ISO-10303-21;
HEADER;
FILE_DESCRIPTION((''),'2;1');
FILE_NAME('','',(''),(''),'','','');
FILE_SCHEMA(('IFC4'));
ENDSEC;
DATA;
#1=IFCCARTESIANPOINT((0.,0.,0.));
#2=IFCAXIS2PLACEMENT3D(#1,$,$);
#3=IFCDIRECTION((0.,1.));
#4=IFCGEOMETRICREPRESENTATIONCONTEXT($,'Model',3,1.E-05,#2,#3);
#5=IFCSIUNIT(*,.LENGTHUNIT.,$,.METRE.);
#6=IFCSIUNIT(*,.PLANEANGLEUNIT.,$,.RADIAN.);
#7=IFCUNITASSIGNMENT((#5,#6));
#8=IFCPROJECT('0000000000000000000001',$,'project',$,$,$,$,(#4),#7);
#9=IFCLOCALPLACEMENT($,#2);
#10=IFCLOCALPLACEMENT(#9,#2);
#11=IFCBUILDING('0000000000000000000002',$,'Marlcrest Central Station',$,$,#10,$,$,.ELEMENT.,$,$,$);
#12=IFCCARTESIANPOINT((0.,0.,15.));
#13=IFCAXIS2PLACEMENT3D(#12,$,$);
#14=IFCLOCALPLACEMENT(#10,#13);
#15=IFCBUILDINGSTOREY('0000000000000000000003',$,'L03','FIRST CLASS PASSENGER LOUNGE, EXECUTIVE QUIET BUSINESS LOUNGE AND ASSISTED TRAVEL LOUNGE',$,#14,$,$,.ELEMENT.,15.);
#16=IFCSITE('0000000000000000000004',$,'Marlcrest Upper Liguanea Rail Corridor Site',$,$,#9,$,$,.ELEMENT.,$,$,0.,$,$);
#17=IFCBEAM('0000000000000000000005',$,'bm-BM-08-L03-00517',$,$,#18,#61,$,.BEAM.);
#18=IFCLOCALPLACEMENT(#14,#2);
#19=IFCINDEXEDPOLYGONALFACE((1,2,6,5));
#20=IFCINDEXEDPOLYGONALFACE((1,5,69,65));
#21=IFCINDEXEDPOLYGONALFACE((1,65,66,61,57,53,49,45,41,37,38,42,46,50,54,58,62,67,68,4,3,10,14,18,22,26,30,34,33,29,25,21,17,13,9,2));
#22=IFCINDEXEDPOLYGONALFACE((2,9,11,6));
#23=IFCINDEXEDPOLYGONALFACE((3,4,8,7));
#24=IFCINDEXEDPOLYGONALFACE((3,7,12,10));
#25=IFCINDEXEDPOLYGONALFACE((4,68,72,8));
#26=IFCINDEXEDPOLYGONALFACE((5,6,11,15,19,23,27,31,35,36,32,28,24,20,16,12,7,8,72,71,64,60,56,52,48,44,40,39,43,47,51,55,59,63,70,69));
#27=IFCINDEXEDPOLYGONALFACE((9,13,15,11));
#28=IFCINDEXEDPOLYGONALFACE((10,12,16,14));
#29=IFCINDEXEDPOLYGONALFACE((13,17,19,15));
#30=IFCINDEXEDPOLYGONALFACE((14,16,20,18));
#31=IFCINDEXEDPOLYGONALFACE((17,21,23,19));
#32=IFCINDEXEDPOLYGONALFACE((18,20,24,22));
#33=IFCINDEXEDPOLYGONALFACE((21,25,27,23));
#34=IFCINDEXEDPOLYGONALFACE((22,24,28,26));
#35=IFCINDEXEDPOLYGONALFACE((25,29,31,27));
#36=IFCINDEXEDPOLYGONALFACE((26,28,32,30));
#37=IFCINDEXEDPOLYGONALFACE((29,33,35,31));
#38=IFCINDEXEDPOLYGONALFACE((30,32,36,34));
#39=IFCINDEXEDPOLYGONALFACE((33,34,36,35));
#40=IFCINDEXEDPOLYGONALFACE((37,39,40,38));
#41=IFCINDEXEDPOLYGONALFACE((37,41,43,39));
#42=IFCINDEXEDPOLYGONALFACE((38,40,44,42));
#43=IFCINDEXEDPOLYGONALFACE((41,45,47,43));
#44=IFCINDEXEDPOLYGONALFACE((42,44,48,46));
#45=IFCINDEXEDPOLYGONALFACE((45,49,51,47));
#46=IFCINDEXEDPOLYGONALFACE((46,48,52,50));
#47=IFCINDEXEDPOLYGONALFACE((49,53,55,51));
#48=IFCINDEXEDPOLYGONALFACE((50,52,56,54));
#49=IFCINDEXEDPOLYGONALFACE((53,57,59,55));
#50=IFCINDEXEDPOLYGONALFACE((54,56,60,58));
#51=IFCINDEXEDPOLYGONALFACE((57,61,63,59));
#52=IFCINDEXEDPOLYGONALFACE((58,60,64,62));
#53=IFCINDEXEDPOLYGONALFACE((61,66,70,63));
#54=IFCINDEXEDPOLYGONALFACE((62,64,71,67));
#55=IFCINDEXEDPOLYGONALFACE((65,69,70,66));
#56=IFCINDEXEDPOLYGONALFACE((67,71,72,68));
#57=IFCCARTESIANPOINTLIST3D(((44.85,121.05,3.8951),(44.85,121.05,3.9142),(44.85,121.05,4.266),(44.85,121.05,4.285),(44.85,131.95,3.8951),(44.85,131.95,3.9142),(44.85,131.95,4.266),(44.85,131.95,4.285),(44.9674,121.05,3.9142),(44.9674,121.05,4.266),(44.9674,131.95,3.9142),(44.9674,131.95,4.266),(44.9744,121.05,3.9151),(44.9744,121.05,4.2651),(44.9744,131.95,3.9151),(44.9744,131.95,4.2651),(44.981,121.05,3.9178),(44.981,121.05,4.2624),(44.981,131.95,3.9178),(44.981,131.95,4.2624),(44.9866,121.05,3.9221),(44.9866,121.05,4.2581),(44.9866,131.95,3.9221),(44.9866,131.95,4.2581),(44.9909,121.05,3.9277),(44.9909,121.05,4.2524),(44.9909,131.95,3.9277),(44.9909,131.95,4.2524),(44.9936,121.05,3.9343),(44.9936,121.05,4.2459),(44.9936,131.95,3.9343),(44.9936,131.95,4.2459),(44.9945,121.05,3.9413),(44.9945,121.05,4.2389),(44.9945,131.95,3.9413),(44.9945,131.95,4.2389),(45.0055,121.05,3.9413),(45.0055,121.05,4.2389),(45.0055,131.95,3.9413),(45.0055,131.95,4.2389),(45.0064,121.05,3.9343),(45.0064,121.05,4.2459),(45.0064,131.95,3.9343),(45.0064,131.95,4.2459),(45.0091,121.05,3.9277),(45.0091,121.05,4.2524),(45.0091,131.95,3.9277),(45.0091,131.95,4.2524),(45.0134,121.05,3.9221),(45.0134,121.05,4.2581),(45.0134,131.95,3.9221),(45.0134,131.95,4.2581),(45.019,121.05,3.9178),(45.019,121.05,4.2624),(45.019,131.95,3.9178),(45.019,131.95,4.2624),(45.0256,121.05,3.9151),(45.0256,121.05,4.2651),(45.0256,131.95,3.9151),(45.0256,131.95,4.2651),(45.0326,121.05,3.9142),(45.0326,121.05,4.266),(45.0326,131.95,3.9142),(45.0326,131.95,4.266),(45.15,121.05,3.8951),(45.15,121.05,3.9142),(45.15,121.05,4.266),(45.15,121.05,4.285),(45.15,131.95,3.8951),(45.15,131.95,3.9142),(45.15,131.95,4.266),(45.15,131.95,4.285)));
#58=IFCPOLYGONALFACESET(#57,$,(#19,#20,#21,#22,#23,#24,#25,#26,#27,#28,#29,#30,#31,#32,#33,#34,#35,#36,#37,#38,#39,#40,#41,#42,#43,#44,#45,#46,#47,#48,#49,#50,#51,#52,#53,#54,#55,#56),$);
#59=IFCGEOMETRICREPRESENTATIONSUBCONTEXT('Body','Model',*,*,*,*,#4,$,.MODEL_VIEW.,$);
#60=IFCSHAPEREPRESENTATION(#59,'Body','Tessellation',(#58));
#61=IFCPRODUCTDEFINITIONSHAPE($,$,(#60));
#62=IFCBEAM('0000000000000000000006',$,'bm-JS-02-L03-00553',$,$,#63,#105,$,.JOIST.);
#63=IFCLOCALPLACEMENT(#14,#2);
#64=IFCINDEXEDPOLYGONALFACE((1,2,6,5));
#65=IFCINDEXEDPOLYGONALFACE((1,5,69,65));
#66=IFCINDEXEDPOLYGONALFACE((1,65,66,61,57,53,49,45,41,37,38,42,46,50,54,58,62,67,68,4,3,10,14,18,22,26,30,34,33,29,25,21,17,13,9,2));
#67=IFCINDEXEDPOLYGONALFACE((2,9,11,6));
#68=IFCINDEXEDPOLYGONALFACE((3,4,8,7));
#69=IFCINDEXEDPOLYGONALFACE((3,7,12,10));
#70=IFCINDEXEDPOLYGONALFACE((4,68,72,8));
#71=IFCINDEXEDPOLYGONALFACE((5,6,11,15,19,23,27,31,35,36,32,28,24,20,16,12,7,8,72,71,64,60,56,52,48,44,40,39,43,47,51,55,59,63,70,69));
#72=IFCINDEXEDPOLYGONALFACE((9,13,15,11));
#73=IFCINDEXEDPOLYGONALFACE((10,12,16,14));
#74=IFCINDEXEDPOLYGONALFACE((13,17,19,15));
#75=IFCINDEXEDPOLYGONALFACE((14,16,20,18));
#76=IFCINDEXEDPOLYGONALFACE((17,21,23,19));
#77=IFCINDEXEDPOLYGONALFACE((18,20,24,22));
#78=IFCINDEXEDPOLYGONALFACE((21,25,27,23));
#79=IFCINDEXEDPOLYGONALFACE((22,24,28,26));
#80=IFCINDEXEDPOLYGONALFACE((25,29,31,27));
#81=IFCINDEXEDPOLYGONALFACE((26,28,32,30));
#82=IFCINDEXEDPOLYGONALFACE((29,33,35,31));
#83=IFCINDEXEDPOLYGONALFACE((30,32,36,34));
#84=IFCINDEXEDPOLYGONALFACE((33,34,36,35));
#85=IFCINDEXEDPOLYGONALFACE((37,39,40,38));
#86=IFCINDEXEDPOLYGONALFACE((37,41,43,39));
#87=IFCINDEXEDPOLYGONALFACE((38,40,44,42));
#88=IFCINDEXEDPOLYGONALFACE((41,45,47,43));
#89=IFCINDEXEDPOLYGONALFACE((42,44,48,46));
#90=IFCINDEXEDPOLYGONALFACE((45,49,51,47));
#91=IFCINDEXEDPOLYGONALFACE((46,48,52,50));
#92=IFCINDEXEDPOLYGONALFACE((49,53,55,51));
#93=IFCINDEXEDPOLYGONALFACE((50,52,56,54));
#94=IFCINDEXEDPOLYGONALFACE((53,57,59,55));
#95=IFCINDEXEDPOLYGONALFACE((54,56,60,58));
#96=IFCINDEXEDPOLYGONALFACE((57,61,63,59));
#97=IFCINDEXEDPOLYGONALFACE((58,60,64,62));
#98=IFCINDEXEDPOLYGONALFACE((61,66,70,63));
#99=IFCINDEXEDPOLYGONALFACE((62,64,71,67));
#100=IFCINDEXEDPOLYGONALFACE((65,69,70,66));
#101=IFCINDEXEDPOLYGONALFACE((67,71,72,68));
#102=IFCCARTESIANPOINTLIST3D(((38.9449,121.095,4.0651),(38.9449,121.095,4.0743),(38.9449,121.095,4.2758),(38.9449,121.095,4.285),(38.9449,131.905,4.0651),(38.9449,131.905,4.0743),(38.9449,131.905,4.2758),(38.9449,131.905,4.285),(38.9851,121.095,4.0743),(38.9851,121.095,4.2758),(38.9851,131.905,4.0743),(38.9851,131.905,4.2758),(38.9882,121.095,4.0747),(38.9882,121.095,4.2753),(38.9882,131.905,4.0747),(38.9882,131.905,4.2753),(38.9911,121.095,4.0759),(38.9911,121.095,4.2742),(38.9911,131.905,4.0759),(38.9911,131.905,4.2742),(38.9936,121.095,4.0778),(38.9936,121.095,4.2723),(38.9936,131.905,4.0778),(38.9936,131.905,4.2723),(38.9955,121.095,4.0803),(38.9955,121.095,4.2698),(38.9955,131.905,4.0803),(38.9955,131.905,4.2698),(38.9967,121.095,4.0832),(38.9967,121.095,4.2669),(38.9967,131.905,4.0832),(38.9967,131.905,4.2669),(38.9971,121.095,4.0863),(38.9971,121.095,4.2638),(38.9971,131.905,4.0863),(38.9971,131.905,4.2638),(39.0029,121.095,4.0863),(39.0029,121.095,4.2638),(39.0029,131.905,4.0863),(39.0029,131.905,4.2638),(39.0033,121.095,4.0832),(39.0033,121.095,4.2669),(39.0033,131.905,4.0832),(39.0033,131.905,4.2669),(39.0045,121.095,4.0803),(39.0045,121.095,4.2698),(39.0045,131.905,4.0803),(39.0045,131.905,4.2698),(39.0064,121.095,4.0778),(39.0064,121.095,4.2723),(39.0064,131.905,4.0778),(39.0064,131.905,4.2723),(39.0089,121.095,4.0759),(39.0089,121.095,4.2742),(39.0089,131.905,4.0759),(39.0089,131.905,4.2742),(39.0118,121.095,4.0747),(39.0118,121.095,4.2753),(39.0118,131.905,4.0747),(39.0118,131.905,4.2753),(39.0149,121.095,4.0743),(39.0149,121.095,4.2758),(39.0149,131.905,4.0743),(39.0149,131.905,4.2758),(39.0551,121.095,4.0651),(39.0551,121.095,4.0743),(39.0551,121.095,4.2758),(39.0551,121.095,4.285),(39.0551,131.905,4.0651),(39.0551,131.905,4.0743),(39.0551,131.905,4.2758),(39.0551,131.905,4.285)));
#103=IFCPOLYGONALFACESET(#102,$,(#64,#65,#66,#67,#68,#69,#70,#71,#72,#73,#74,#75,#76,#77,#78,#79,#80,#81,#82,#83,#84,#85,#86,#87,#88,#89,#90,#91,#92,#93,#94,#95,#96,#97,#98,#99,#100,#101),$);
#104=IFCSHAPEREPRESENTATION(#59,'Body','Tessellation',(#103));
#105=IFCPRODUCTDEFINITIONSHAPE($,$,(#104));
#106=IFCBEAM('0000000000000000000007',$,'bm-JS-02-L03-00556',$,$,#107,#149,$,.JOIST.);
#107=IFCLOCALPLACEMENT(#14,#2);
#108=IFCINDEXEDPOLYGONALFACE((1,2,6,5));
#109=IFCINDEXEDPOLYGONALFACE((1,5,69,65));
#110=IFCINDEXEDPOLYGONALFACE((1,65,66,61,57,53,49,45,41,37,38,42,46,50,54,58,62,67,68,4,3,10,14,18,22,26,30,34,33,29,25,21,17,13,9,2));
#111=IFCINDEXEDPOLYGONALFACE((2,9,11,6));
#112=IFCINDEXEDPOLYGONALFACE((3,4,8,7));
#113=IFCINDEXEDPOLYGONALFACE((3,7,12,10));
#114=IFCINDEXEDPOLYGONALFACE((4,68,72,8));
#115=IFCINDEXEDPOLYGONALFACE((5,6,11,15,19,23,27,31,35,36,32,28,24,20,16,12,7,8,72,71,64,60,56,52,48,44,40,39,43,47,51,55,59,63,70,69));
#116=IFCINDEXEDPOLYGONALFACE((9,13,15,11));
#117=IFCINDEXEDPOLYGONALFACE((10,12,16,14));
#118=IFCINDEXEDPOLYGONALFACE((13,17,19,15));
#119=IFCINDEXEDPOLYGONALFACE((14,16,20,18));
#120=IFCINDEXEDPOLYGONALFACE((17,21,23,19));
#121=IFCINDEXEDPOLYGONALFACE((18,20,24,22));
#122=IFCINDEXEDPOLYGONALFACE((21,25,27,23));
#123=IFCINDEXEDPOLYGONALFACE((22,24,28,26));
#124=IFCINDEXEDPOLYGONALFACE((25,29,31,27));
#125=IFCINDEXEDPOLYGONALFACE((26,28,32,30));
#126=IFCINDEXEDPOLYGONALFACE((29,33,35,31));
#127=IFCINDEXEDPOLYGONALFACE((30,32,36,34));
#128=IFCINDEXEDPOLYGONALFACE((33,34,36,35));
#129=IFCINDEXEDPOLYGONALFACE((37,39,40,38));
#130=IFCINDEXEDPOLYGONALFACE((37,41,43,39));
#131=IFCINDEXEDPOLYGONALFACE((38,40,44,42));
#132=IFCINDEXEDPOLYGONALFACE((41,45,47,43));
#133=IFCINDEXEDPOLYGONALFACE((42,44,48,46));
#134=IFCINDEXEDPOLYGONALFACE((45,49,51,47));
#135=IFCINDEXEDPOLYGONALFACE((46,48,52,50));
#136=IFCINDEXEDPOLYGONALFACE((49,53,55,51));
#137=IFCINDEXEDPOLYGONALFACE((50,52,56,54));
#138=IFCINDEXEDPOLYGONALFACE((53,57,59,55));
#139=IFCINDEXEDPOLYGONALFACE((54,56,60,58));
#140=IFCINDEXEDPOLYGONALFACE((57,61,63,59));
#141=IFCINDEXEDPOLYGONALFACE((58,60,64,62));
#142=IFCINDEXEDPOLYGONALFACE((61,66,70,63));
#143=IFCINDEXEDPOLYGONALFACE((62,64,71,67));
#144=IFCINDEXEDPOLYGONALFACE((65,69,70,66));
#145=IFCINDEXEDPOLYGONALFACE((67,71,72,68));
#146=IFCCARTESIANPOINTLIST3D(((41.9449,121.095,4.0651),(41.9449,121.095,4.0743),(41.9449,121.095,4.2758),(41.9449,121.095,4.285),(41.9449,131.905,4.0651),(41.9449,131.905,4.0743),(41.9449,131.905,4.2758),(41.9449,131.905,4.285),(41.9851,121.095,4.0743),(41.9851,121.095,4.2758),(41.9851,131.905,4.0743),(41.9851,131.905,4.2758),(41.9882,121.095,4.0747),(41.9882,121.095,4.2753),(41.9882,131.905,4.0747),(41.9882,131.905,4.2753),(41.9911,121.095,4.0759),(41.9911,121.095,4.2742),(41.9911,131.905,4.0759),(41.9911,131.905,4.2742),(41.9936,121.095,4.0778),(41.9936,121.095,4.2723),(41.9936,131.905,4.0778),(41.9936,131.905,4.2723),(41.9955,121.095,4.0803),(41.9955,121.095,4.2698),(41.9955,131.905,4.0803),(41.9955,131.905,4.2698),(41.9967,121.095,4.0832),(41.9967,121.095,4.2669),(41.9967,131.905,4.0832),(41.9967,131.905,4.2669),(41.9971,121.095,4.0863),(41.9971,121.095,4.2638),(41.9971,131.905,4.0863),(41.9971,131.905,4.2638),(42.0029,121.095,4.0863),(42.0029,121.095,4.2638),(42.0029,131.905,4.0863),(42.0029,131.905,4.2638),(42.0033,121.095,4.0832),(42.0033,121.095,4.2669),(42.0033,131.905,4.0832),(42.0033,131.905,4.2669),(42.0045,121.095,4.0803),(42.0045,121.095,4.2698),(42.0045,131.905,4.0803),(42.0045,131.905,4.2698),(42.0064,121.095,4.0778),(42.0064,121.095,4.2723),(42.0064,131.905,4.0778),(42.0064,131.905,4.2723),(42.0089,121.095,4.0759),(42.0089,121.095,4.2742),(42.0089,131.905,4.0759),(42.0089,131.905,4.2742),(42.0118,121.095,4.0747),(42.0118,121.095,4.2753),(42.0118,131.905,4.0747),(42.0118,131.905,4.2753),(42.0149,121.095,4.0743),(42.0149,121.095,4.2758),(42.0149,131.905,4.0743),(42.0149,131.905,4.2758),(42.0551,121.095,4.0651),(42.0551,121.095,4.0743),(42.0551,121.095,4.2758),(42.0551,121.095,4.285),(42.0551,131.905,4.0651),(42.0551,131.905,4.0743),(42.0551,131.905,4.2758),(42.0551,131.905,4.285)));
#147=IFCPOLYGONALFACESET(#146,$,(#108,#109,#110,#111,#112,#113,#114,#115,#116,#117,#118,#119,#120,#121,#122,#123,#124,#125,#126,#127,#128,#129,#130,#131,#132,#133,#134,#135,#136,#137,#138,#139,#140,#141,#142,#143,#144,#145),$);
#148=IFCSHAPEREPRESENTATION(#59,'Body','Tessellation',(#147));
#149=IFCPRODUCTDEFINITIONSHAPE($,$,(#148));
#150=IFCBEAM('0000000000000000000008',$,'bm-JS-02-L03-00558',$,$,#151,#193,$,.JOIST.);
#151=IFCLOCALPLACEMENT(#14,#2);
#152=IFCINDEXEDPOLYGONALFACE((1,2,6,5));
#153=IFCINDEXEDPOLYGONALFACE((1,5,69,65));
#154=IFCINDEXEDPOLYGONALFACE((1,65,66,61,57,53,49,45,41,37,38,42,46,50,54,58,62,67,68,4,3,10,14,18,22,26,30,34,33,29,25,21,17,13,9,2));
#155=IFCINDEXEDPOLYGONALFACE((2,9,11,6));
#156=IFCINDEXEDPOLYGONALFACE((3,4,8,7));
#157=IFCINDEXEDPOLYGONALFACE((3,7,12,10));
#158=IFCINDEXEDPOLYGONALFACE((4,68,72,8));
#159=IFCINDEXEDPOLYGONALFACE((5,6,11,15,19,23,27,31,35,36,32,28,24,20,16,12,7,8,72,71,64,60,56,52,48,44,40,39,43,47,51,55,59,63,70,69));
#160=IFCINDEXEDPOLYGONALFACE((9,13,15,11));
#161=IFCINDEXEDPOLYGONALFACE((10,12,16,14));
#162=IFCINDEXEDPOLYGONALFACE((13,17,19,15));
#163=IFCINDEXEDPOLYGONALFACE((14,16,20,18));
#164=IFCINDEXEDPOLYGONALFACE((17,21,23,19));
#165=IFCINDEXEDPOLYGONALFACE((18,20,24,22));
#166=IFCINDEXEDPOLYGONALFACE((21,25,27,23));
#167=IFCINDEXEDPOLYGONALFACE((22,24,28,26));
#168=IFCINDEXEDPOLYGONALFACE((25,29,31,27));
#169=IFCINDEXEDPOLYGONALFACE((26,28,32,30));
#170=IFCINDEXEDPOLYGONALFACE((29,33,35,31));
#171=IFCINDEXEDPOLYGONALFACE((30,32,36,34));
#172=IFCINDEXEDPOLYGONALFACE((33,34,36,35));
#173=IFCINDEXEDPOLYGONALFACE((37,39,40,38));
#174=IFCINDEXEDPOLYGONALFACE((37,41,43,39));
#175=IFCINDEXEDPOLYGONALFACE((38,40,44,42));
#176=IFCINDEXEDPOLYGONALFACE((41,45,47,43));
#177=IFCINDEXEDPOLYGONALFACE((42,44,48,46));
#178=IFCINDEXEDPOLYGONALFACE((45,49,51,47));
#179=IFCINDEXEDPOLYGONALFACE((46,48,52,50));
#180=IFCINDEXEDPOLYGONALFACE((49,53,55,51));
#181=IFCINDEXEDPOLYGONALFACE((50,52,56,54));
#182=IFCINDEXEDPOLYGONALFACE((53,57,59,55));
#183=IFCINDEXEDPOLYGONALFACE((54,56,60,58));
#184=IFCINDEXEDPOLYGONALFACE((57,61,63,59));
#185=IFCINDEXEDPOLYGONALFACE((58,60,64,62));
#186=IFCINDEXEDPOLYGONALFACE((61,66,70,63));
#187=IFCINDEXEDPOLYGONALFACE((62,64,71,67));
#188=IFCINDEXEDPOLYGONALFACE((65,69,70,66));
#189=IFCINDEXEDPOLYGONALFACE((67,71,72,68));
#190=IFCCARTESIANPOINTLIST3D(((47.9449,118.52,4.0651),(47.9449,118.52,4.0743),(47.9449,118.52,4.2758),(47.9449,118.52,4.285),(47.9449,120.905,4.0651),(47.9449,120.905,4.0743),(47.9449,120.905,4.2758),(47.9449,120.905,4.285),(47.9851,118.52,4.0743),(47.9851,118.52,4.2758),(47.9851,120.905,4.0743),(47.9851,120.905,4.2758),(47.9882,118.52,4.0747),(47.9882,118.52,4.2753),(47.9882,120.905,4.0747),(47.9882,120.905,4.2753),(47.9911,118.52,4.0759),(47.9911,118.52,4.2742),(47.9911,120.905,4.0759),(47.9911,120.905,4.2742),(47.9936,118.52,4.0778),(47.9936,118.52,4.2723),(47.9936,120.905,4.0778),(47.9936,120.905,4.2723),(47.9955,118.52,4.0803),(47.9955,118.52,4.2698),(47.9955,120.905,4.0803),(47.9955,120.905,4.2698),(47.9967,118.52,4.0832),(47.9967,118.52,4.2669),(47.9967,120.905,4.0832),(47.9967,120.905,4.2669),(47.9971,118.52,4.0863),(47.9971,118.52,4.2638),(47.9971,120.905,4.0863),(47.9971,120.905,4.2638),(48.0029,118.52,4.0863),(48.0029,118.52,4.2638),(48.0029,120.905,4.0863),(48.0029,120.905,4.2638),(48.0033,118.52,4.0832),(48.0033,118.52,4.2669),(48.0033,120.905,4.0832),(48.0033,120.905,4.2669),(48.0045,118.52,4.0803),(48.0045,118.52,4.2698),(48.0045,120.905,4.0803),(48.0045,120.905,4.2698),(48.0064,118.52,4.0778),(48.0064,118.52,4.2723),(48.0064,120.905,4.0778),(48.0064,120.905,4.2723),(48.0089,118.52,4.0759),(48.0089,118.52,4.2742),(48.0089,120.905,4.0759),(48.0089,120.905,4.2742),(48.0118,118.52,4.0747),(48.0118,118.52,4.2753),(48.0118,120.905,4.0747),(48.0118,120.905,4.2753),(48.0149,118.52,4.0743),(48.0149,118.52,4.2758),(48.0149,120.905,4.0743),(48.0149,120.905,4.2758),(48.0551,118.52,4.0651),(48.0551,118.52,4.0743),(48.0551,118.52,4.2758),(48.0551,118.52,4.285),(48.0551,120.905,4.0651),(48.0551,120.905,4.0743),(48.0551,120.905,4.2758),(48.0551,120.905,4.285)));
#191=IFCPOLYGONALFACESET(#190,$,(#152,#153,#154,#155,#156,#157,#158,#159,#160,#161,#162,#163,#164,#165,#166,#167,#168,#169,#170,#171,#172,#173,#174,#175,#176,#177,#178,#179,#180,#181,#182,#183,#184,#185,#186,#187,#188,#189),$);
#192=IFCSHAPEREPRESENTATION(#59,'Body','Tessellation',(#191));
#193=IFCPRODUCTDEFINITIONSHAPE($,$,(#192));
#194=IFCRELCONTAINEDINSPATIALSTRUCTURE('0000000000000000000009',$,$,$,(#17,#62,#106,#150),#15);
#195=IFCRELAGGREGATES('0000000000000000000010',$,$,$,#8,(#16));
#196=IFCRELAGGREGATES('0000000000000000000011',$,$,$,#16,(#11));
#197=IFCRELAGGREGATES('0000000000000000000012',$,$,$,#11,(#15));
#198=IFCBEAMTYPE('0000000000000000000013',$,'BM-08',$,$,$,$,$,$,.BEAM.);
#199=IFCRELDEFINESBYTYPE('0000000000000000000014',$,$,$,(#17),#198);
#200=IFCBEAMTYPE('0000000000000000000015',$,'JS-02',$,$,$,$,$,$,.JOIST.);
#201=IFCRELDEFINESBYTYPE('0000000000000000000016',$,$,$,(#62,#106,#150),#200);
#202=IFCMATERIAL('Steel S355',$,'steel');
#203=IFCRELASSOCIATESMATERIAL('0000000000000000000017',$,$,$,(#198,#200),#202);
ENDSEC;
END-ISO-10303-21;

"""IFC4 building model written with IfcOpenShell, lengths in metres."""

from ifc_helpers import new_model, si_unit, direction, frame, origin, origin_2d, place, context, subcontext, project, spatial, i_section, extrude, material, material_profile, profile_set, type_object, element, save


model = new_model("IFC4")

# Units and contexts
model_context = context("Model", 3, precision=1e-05, world=origin(), true_north=direction((0.0, 1.0)))
body_context = subcontext(model_context, "Body", "Model", "MODEL_VIEW")
ifc_project = project(units=[si_unit("LENGTHUNIT", "METRE"), si_unit("PLANEANGLEUNIT", "RADIAN")], contexts=[model_context])

# Site, building, storey
site_placement = place(None, origin())
site = spatial("IfcSite", under=ifc_project, at=site_placement, Name="Marlcrest Upper Liguanea Rail Corridor Site", CompositionType="ELEMENT", RefElevation=0.0)
building_placement = place(site_placement, origin())
building = spatial("IfcBuilding", under=site, at=building_placement, Name="Marlcrest Central Station", CompositionType="ELEMENT")
storey_placement = place(building_placement, frame((0.0, 0.0, 15.0)))
storey = spatial("IfcBuildingStorey", under=building, at=storey_placement, Name="L03", Description="FIRST CLASS PASSENGER LOUNGE, EXECUTIVE QUIET BUSINESS LOUNGE AND ASSISTED TRAVEL LOUNGE", CompositionType="ELEMENT", Elevation=15.0)

# Shared definitions
ifc_material_1 = material(Name="Steel S355", Category="steel")

# Beams
ifc_material_profile_1 = material_profile(ifc_material_1, i_section(OverallWidth=0.3, OverallDepth=0.3899, WebThickness=0.011, FlangeThickness=0.019, FilletRadius=0.0271, at=origin_2d()), Name="HEA 400")
ifc_profile_set_1 = profile_set([ifc_material_profile_1], Name="Steel S355")
beam_type_1 = type_object("IfcBeamType", Name="BM-08", PredefinedType="BEAM", material=ifc_profile_set_1)
beam_1_placement = place(storey_placement, frame((45.0, 121.05, 4.0901), z_axis=(0.0, 1.0, 0.0), x_axis=(-1.0, 0.0, 0.0)))
element("IfcBeam", 1, at=beam_1_placement, inside=storey, type_object=beam_type_1, Name="bm-BM-08-L03-00517", PredefinedType="BEAM", context=body_context, shape_type="SweptSolid", body=[
    extrude(i_section(OverallWidth=0.3, OverallDepth=0.3899, WebThickness=0.011, FlangeThickness=0.019, FilletRadius=0.0271, at=origin_2d()), origin(), (0.0, 0.0, 1.0), 10.8999),
])
ifc_material_profile_2 = material_profile(ifc_material_1, i_section(OverallWidth=0.1101, OverallDepth=0.22, WebThickness=0.0059, FlangeThickness=0.0093, FilletRadius=0.012, at=origin_2d()), Name="IPE 220")
ifc_profile_set_2 = profile_set([ifc_material_profile_2], Name="Steel S355")
beam_type_2 = type_object("IfcBeamType", Name="JS-02", PredefinedType="JOIST", material=ifc_profile_set_2)
for number, where, z_axis, x_axis, name in (
    (2, (39.0, 121.095, 4.175), (0.0, 1.0, 0.0), (-1.0, 0.0, 0.0), "bm-JS-02-L03-00553"),
    (3, (42.0, 121.095, 4.175), (0.0, 1.0, 0.0), (-1.0, 0.0, 0.0), "bm-JS-02-L03-00556"),
):
    element("IfcBeam", number, at=place(storey_placement, frame(where, z_axis=z_axis, x_axis=x_axis)), inside=storey, type_object=beam_type_2, Name=name, PredefinedType="JOIST", context=body_context, shape_type="SweptSolid", body=[
        extrude(i_section(OverallWidth=0.1101, OverallDepth=0.22, WebThickness=0.0059, FlangeThickness=0.0093, FilletRadius=0.012, at=origin_2d()), origin(), (0.0, 0.0, 1.0), 10.8101),
    ])
beam_2_placement = place(storey_placement, frame((48.0, 118.52, 4.175), z_axis=(0.0, 1.0, 0.0), x_axis=(-1.0, 0.0, 0.0)))
element("IfcBeam", 4, at=beam_2_placement, inside=storey, type_object=beam_type_2, Name="bm-JS-02-L03-00558", PredefinedType="JOIST", context=body_context, shape_type="SweptSolid", body=[
    extrude(i_section(OverallWidth=0.1101, OverallDepth=0.22, WebThickness=0.0059, FlangeThickness=0.0093, FilletRadius=0.012, at=origin_2d()), origin(), (0.0, 0.0, 1.0), 2.385),
])

save(model, "model.ifc")
